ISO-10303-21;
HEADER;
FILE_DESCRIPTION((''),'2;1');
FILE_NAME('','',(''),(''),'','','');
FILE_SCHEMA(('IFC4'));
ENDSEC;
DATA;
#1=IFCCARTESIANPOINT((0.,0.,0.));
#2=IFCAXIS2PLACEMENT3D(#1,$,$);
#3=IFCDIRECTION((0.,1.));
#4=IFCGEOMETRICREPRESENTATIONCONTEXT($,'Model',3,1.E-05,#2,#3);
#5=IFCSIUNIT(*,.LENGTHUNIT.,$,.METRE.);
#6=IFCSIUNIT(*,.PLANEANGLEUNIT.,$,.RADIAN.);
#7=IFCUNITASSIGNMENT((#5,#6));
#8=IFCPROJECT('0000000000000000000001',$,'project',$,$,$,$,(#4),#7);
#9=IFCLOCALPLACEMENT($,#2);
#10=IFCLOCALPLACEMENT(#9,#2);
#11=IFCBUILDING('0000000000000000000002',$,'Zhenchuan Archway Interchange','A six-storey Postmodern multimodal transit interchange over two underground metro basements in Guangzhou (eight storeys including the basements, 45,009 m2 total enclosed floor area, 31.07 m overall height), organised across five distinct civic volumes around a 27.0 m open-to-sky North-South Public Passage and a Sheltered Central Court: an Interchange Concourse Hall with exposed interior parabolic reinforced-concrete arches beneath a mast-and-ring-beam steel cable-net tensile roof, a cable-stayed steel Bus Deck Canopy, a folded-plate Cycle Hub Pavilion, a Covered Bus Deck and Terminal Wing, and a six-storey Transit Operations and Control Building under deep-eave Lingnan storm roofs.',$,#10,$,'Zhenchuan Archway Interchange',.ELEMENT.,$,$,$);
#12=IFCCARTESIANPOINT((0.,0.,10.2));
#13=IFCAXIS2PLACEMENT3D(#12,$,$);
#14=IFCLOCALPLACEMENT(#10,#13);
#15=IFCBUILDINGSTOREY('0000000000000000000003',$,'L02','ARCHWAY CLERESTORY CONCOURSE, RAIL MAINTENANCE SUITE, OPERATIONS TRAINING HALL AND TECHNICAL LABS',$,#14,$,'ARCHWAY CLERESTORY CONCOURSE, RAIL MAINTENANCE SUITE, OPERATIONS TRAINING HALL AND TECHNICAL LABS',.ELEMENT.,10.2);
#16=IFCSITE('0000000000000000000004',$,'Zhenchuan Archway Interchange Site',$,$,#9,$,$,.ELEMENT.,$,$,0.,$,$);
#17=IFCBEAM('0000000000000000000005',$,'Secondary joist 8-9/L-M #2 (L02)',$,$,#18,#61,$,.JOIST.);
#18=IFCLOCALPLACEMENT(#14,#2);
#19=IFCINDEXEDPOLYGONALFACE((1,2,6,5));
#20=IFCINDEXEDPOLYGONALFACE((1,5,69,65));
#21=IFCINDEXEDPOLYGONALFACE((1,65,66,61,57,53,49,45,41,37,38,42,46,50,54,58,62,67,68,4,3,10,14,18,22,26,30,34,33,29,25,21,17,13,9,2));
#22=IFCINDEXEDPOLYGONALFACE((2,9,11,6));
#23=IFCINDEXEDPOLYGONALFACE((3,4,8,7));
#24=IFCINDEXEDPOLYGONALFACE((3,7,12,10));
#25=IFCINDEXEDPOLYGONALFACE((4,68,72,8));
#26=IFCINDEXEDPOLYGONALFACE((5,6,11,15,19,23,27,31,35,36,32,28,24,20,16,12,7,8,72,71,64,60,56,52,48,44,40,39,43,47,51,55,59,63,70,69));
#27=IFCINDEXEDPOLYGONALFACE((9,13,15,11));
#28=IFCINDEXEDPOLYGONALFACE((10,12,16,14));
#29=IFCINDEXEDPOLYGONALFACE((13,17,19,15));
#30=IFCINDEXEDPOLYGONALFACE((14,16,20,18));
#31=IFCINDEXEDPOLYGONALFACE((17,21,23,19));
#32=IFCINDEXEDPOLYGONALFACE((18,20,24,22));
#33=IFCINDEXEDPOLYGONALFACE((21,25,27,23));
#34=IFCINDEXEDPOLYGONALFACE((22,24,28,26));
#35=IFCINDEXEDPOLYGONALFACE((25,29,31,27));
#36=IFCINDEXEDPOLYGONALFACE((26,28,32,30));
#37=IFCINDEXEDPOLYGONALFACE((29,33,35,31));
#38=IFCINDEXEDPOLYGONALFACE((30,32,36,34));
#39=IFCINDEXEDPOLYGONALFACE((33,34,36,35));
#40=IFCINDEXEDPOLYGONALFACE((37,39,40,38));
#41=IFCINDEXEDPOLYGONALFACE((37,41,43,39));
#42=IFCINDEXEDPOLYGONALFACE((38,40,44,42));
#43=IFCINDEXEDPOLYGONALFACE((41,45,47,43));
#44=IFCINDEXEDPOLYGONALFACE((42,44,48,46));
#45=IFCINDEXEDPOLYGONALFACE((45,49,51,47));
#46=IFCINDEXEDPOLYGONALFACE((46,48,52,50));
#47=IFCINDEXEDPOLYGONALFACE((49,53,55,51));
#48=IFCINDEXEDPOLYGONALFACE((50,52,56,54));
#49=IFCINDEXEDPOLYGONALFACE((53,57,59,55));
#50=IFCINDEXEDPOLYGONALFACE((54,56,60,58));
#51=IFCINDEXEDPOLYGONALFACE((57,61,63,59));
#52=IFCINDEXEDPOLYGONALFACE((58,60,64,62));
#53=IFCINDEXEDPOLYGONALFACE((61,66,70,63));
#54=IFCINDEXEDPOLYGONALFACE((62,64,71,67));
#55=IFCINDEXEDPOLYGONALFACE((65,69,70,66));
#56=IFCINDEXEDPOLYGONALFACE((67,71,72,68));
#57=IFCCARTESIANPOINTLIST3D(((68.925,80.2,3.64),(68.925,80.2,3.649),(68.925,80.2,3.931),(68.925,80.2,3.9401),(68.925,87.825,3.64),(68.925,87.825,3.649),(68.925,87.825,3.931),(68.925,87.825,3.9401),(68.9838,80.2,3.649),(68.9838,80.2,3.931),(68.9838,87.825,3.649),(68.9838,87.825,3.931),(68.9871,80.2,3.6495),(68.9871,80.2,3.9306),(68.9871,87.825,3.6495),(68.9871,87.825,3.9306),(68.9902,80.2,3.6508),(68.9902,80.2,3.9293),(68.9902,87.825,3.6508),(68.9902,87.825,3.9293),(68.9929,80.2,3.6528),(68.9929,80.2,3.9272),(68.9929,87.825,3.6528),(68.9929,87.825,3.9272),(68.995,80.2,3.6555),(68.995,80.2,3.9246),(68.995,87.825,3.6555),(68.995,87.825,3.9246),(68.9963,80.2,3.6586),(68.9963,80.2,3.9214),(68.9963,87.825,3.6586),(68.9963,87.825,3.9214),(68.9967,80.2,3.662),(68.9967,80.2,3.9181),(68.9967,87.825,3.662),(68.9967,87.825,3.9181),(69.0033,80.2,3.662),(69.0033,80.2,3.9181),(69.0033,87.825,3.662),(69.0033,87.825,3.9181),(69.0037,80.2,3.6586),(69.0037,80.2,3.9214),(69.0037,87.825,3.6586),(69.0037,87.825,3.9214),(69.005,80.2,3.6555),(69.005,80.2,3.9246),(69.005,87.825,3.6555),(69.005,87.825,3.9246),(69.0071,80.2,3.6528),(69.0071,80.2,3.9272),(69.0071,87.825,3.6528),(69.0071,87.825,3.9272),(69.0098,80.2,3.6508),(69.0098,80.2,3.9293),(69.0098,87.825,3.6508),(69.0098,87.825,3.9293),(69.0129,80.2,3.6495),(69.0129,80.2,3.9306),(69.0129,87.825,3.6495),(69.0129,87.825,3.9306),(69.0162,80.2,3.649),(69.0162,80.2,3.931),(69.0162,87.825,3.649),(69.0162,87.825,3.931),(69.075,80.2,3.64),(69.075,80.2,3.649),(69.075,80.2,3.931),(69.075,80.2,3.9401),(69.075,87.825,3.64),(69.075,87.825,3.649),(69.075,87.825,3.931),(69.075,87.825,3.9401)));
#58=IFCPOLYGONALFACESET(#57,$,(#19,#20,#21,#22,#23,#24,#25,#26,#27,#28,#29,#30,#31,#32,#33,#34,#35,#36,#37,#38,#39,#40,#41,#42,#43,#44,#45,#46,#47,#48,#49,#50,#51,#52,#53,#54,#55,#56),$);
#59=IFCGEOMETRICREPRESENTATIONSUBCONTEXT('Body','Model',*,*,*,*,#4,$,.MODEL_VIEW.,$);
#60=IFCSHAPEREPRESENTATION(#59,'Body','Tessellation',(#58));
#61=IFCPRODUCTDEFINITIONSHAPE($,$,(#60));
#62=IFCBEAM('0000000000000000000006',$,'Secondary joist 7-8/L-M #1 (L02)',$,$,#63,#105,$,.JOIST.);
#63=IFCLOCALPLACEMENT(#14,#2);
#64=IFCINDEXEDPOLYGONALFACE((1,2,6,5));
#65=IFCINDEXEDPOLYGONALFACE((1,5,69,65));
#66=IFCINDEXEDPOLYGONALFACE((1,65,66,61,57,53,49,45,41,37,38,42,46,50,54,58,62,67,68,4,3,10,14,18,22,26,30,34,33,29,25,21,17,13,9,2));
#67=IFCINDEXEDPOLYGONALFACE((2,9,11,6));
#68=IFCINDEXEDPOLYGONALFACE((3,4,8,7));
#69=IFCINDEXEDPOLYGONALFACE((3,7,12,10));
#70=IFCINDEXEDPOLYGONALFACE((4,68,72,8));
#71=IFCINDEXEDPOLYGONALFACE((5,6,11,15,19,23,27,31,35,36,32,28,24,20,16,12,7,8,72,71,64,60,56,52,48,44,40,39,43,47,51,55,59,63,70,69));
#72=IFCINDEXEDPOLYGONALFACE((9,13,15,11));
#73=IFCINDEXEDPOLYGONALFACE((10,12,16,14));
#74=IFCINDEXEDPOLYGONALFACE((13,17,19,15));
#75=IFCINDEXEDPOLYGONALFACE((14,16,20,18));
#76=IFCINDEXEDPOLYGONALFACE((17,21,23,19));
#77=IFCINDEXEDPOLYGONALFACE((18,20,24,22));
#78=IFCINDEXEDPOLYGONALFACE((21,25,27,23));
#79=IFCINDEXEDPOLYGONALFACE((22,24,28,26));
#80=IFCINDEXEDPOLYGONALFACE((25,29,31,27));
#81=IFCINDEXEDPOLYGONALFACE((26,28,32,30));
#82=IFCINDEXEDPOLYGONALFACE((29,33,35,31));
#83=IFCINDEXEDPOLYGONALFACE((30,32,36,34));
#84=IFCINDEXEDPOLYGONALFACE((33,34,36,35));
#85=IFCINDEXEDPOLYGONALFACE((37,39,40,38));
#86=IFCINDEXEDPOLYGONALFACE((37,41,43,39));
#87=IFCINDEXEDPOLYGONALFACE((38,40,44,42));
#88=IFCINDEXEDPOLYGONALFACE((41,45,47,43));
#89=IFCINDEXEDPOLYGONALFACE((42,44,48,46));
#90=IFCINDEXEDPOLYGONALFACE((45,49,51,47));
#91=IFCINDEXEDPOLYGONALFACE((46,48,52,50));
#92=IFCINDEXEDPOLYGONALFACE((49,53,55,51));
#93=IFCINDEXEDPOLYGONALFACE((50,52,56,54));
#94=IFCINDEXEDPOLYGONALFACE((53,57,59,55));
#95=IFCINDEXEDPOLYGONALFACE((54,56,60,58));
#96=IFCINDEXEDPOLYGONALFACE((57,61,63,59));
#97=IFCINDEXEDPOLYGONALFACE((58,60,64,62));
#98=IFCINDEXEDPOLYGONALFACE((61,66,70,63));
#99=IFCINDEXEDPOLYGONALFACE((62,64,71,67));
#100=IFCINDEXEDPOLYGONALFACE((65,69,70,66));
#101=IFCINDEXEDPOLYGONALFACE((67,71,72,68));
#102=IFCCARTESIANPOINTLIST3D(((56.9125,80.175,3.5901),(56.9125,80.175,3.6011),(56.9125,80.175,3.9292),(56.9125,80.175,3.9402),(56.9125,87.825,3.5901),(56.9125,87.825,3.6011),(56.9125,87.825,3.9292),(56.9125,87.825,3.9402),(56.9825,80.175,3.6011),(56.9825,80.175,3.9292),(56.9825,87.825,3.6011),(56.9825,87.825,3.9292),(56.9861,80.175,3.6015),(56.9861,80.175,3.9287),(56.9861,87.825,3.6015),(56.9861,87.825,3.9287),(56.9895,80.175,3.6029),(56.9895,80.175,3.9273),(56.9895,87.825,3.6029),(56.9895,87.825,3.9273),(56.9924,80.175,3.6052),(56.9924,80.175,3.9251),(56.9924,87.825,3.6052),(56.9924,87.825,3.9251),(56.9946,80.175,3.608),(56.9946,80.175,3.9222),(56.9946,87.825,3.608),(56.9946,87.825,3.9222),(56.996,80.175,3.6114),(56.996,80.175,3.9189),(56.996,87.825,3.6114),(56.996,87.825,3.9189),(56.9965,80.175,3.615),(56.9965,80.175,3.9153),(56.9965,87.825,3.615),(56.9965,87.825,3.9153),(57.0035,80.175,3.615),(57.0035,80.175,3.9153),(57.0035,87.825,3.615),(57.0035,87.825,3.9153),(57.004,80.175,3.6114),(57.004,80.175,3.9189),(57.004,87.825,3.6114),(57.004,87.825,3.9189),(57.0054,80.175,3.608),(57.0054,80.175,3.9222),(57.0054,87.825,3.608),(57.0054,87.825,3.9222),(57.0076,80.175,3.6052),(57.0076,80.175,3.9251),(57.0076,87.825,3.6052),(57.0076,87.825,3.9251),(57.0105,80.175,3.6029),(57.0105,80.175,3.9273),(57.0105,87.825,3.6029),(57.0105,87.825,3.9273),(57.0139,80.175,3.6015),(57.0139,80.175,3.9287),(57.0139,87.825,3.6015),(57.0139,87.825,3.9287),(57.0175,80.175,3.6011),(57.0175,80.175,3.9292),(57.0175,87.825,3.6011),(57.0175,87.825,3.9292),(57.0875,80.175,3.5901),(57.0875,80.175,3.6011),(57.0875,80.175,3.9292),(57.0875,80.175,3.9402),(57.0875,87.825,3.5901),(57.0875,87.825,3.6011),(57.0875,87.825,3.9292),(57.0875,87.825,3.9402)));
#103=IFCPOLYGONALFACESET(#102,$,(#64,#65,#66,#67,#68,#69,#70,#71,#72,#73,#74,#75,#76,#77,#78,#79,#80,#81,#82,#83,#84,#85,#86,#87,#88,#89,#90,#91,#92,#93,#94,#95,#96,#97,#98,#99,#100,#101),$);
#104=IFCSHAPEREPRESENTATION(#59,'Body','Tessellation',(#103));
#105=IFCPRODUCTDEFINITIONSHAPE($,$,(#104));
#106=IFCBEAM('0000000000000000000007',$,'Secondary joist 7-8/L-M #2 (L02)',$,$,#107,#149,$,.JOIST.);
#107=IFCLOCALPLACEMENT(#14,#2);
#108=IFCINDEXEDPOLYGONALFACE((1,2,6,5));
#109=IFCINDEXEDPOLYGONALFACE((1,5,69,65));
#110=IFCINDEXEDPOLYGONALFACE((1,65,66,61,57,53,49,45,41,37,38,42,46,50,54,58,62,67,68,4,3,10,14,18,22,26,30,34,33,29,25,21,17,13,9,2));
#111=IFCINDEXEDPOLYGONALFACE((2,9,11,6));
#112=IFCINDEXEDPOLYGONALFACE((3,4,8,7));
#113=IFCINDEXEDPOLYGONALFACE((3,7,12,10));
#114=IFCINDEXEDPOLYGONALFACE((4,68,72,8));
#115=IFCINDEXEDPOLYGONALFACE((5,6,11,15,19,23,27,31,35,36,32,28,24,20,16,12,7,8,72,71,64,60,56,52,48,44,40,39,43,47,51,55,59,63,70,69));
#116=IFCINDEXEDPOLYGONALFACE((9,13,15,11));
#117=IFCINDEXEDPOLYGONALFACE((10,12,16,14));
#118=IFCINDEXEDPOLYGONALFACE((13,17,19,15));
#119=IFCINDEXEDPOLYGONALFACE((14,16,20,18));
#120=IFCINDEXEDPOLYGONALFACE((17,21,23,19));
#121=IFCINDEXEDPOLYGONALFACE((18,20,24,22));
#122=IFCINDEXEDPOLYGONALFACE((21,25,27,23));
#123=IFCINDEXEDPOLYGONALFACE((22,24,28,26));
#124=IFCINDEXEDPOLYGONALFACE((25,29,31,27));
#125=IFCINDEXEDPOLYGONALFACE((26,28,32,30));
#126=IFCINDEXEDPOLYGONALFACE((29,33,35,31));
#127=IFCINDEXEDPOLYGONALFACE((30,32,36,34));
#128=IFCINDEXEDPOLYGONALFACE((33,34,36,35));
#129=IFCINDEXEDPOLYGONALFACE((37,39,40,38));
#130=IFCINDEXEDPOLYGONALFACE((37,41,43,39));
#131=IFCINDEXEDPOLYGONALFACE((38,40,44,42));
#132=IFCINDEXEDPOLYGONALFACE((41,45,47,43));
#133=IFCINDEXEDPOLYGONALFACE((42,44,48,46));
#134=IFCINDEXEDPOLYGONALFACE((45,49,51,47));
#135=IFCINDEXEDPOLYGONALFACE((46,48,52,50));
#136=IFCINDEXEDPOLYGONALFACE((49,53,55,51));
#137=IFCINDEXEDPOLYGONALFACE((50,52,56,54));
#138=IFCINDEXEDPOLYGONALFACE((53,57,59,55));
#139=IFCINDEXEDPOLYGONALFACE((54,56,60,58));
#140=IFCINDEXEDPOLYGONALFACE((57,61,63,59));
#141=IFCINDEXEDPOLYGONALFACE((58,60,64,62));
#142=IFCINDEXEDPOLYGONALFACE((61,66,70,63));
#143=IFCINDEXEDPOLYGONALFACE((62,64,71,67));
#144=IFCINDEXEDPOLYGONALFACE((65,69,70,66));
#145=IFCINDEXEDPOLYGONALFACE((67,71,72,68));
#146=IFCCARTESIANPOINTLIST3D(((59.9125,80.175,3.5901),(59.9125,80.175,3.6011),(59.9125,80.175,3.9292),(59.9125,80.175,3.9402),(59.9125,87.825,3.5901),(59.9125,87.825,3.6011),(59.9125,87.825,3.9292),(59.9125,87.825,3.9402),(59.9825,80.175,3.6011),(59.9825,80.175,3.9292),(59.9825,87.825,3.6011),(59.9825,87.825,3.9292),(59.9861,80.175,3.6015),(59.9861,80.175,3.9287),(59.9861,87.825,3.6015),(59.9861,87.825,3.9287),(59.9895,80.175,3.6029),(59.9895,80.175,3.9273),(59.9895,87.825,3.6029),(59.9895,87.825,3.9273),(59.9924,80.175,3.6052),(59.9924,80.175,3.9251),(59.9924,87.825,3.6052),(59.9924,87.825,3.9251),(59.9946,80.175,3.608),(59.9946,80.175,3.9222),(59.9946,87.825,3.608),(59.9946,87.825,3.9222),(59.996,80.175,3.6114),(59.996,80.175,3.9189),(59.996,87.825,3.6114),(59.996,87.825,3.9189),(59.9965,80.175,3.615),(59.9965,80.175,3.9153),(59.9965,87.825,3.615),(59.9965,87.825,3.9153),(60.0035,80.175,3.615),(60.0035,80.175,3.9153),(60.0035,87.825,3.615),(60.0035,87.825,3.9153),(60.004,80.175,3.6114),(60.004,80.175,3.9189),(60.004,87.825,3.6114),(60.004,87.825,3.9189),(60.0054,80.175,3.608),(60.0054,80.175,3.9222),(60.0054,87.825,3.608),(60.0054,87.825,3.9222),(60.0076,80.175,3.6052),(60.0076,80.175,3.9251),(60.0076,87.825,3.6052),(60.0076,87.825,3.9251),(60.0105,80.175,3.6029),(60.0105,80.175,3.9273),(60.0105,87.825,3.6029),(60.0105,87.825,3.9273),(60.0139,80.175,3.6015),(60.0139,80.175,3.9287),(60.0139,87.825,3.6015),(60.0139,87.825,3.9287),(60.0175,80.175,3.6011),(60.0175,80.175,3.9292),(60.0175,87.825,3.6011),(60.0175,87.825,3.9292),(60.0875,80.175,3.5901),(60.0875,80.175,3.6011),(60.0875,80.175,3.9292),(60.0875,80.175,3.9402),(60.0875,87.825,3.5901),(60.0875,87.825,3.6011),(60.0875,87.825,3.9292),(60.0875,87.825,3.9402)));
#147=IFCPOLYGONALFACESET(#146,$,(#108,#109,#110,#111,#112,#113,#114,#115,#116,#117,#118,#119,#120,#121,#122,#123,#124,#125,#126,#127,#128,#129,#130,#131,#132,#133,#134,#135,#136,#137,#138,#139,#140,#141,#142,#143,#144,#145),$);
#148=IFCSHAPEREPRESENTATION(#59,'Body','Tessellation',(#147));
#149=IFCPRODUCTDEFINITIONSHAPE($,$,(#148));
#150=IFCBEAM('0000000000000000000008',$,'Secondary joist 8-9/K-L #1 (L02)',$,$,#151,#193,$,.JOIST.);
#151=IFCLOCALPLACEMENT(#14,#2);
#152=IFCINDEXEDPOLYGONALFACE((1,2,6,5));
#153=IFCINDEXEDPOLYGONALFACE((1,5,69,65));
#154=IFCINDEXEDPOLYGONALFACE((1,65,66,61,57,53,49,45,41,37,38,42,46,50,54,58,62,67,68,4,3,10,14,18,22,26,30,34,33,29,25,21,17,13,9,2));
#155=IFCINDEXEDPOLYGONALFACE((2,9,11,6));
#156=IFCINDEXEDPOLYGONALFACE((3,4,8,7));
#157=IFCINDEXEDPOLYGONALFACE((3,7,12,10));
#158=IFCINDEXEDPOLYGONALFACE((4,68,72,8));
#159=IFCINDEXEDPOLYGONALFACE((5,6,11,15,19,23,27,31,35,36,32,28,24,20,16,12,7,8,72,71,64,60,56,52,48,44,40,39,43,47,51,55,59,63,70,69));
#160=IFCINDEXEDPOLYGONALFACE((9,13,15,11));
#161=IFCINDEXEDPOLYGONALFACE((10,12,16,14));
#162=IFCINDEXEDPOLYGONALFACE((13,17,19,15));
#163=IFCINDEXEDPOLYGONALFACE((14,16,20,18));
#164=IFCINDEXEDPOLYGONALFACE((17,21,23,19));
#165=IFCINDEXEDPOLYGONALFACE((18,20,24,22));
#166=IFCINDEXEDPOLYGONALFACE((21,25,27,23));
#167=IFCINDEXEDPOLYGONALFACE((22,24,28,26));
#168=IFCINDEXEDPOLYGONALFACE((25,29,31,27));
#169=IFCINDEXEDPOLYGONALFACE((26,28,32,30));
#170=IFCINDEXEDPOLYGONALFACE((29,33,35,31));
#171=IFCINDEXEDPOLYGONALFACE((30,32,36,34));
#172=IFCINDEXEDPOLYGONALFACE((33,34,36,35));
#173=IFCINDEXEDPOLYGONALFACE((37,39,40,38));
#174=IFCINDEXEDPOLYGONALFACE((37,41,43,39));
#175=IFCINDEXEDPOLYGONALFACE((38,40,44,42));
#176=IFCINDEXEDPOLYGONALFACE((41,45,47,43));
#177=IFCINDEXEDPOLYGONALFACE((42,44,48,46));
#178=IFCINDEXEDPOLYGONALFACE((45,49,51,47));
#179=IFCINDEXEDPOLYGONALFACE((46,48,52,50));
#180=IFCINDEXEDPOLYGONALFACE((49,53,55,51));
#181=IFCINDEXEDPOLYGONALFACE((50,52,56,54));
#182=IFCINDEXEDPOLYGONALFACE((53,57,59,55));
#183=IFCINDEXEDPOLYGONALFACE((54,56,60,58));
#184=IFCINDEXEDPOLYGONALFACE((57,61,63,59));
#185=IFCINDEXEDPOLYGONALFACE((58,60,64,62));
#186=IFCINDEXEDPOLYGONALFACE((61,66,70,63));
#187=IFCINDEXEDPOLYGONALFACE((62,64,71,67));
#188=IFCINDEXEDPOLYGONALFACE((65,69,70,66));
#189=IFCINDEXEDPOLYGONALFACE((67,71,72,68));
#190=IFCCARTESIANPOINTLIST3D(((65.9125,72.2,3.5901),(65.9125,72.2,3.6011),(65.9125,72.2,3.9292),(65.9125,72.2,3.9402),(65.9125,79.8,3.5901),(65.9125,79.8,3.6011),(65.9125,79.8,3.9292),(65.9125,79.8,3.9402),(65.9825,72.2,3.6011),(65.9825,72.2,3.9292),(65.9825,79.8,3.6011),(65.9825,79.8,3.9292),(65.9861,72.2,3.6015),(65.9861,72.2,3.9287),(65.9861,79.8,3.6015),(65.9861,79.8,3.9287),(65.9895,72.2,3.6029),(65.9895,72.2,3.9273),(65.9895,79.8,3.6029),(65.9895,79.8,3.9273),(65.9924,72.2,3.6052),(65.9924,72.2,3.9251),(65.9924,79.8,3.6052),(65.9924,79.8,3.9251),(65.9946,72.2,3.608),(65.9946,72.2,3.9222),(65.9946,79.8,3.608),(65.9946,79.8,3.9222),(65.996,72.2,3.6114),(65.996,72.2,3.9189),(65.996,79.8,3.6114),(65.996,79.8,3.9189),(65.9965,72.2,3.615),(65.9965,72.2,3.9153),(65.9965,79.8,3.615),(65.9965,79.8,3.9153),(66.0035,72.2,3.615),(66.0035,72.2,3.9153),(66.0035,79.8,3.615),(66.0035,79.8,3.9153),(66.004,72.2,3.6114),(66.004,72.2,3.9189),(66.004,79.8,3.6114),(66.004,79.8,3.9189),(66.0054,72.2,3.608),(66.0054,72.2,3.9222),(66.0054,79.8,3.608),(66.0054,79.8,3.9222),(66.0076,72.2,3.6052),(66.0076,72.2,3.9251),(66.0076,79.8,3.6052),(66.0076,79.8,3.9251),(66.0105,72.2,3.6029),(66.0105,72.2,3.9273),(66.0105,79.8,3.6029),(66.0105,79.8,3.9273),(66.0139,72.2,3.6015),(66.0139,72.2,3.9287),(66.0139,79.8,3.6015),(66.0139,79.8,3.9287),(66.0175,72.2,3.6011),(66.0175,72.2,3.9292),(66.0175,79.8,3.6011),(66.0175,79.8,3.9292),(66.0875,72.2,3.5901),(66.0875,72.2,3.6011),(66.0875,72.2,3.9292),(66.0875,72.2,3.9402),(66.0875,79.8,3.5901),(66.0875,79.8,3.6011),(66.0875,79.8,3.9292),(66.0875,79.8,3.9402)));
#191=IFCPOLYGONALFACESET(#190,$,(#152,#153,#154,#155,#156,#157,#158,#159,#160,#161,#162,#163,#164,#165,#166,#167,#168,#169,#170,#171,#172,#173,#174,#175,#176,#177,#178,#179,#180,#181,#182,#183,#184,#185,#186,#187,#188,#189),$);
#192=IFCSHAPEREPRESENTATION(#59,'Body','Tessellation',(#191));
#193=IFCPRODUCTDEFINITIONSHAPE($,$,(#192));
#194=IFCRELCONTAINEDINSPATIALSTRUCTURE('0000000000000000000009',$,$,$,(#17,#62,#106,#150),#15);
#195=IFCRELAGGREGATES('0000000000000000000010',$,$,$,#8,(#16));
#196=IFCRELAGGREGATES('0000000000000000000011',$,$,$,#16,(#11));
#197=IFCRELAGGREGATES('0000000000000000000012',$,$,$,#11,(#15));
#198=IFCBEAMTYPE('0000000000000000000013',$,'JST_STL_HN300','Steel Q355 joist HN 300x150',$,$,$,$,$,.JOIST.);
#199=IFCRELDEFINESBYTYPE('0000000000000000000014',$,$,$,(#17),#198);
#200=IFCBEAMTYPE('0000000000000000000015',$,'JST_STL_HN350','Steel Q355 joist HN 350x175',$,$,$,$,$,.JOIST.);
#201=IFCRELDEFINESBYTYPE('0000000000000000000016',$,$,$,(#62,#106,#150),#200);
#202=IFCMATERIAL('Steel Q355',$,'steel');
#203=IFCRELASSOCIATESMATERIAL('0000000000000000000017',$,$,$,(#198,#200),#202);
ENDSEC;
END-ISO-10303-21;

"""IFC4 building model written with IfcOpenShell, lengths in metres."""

from ifc_helpers import new_model, si_unit, direction, frame, origin, origin_2d, place, context, subcontext, project, spatial, i_section, extrude, material, material_profile, profile_set, type_object, element, save


model = new_model("IFC4")

# Units and contexts
model_context = context("Model", 3, precision=1e-05, world=origin(), true_north=direction((0.0, 1.0)))
body_context = subcontext(model_context, "Body", "Model", "MODEL_VIEW")
ifc_project = project(units=[si_unit("LENGTHUNIT", "METRE"), si_unit("PLANEANGLEUNIT", "RADIAN")], contexts=[model_context])

# Site, building, storey
site_placement = place(None, origin())
site = spatial("IfcSite", under=ifc_project, at=site_placement, Name="Zhenchuan Archway Interchange Site", CompositionType="ELEMENT", RefElevation=0.0)
building_placement = place(site_placement, origin())
building = spatial("IfcBuilding", under=site, at=building_placement, Name="Zhenchuan Archway Interchange", Description="A six-storey Postmodern multimodal transit interchange over two underground metro basements in Guangzhou (eight storeys including the basements, 45,009 m2 total enclosed floor area, 31.07 m overall height), organised across five distinct civic volumes around a 27.0 m open-to-sky North-South Public Passage and a Sheltered Central Court: an Interchange Concourse Hall with exposed interior parabolic reinforced-concrete arches beneath a mast-and-ring-beam steel cable-net tensile roof, a cable-stayed steel Bus Deck Canopy, a folded-plate Cycle Hub Pavilion, a Covered Bus Deck and Terminal Wing, and a six-storey Transit Operations and Control Building under deep-eave Lingnan storm roofs.", LongName="Zhenchuan Archway Interchange", CompositionType="ELEMENT")
storey_placement = place(building_placement, frame((0.0, 0.0, 10.2)))
storey = spatial("IfcBuildingStorey", under=building, at=storey_placement, Name="L02", Description="ARCHWAY CLERESTORY CONCOURSE, RAIL MAINTENANCE SUITE, OPERATIONS TRAINING HALL AND TECHNICAL LABS", LongName="ARCHWAY CLERESTORY CONCOURSE, RAIL MAINTENANCE SUITE, OPERATIONS TRAINING HALL AND TECHNICAL LABS", CompositionType="ELEMENT", Elevation=10.2)

# Beams
ifc_material_1 = material(Name="Steel Q355", Category="steel")
ifc_material_profile_1 = material_profile(ifc_material_1, i_section(OverallWidth=0.1499, OverallDepth=0.3, WebThickness=0.0066, FlangeThickness=0.009, FilletRadius=0.0129, at=origin_2d()), Name="HN 300x150")
ifc_profile_set_1 = profile_set([ifc_material_profile_1], Name="Steel Q355")
beam_type_1 = type_object("IfcBeamType", Name="JST_STL_HN300", Description="Steel Q355 joist HN 300x150", PredefinedType="JOIST", material=ifc_profile_set_1)
for number, where, z_axis, x_axis, name in (
    (1, (69.0, 80.2, 3.79), (0.0, 1.0, 0.0), (-1.0, 0.0, 0.0), "Secondary joist 8-9/L-M #2 (L02)"),
):
    element("IfcBeam", number, at=place(storey_placement, frame(where, z_axis=z_axis, x_axis=x_axis)), inside=storey, type_object=beam_type_1, Name=name, PredefinedType="JOIST", context=body_context, shape_type="SweptSolid", body=[
        extrude(i_section(OverallWidth=0.1499, OverallDepth=0.3, WebThickness=0.0066, FlangeThickness=0.009, FilletRadius=0.0129, at=origin_2d()), origin(), (0.0, 0.0, 1.0), 7.625),
    ])
ifc_material_profile_2 = material_profile(ifc_material_1, i_section(OverallWidth=0.175, OverallDepth=0.3501, WebThickness=0.0071, FlangeThickness=0.011, FilletRadius=0.0139, at=origin_2d()), Name="HN 350x175")
ifc_profile_set_2 = profile_set([ifc_material_profile_2], Name="Steel Q355")
beam_type_2 = type_object("IfcBeamType", Name="JST_STL_HN350", Description="Steel Q355 joist HN 350x175", PredefinedType="JOIST", material=ifc_profile_set_2)
for number, where, z_axis, x_axis, name in (
    (2, (57.0, 80.175, 3.7651), (0.0, 1.0, 0.0), (-1.0, 0.0, 0.0), "Secondary joist 7-8/L-M #1 (L02)"),
    (3, (60.0, 80.175, 3.7651), (0.0, 1.0, 0.0), (-1.0, 0.0, 0.0), "Secondary joist 7-8/L-M #2 (L02)"),
):
    element("IfcBeam", number, at=place(storey_placement, frame(where, z_axis=z_axis, x_axis=x_axis)), inside=storey, type_object=beam_type_2, Name=name, PredefinedType="JOIST", context=body_context, shape_type="SweptSolid", body=[
        extrude(i_section(OverallWidth=0.175, OverallDepth=0.3501, WebThickness=0.0071, FlangeThickness=0.011, FilletRadius=0.0139, at=origin_2d()), origin(), (0.0, 0.0, 1.0), 7.6499),
    ])
for number, where, z_axis, x_axis, name in (
    (4, (66.0, 72.2, 3.7651), (0.0, 1.0, 0.0), (-1.0, 0.0, 0.0), "Secondary joist 8-9/K-L #1 (L02)"),
):
    element("IfcBeam", number, at=place(storey_placement, frame(where, z_axis=z_axis, x_axis=x_axis)), inside=storey, type_object=beam_type_2, Name=name, PredefinedType="JOIST", context=body_context, shape_type="SweptSolid", body=[
        extrude(i_section(OverallWidth=0.175, OverallDepth=0.3501, WebThickness=0.0071, FlangeThickness=0.011, FilletRadius=0.0139, at=origin_2d()), origin(), (0.0, 0.0, 1.0), 7.6001),
    ])

save(model, "model.ifc")
